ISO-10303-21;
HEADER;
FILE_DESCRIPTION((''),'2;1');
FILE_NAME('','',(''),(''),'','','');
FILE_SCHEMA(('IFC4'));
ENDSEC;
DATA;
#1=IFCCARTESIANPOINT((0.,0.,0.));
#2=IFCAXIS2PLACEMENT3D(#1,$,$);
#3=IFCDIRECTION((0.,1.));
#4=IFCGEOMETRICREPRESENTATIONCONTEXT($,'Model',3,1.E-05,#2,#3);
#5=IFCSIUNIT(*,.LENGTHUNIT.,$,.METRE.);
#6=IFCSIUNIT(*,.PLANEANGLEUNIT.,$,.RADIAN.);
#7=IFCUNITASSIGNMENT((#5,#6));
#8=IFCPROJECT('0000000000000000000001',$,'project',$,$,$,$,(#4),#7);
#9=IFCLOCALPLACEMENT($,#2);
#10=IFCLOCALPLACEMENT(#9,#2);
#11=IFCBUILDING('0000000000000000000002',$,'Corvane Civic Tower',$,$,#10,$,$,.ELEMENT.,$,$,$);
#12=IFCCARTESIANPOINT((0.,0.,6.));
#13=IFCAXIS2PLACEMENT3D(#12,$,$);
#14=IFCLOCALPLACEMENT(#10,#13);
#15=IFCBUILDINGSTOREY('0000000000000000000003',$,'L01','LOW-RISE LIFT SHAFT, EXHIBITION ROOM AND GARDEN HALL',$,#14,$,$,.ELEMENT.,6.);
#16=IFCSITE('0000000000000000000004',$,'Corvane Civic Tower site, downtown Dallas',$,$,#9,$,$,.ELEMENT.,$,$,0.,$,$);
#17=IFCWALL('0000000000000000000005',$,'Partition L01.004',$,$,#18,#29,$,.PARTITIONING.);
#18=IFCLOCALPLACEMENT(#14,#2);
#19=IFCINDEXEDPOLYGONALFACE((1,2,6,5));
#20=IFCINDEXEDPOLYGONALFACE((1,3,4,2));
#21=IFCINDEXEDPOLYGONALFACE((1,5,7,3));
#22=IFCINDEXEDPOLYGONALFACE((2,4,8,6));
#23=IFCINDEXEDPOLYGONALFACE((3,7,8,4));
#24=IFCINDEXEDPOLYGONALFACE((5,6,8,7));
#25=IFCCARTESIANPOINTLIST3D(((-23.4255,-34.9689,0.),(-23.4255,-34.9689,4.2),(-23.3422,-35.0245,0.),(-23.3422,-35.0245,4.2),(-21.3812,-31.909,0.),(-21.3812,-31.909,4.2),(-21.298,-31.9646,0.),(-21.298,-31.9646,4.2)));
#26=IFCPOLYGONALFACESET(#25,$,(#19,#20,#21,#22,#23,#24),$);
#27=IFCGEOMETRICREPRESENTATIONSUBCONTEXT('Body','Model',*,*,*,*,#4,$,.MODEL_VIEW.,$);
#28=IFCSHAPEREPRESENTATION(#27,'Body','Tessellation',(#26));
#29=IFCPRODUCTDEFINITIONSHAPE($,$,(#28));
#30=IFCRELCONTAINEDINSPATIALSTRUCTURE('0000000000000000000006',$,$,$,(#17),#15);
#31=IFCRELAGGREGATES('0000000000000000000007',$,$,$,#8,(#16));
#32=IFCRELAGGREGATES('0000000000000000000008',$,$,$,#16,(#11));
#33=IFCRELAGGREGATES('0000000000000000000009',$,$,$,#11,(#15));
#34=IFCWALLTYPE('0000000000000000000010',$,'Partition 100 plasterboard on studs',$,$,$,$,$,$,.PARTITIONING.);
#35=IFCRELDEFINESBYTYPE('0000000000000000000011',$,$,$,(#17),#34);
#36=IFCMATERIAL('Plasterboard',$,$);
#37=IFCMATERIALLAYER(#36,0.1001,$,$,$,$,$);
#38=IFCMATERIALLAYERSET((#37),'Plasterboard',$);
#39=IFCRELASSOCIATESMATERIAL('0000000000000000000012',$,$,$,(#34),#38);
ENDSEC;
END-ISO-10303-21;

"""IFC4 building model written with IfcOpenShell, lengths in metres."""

from ifc_helpers import new_model, si_unit, direction, frame, frame_2d, origin, place, context, subcontext, project, spatial, rectangle, extrude, material, layer, layer_set, type_object, element, save


model = new_model("IFC4")

# Units and contexts
model_context = context("Model", 3, precision=1e-05, world=origin(), true_north=direction((0.0, 1.0)))
body_context = subcontext(model_context, "Body", "Model", "MODEL_VIEW")
ifc_project = project(units=[si_unit("LENGTHUNIT", "METRE"), si_unit("PLANEANGLEUNIT", "RADIAN")], contexts=[model_context])

# Site, building, storey
site_placement = place(None, origin())
site = spatial("IfcSite", under=ifc_project, at=site_placement, Name="Corvane Civic Tower site, downtown Dallas", CompositionType="ELEMENT", RefElevation=0.0)
building_placement = place(site_placement, origin())
building = spatial("IfcBuilding", under=site, at=building_placement, Name="Corvane Civic Tower", CompositionType="ELEMENT")
storey_placement = place(building_placement, frame((0.0, 0.0, 6.0)))
storey = spatial("IfcBuildingStorey", under=building, at=storey_placement, Name="L01", Description="LOW-RISE LIFT SHAFT, EXHIBITION ROOM AND GARDEN HALL", CompositionType="ELEMENT", Elevation=6.0)

# Wall
ifc_material_1 = material(Name="Plasterboard")
ifc_layer_1 = layer(ifc_material_1, 0.1001)
ifc_layer_set_1 = layer_set([ifc_layer_1], Name="Plasterboard")
wall_type = type_object("IfcWallType", Name="Partition 100 plasterboard on studs", PredefinedType="PARTITIONING", material=ifc_layer_set_1)
wall_placement = place(storey_placement, frame((-23.3838, -34.9966, 0.0), z_axis=(0.0, 0.0, 1.0), x_axis=(0.555511, 0.831509, 0.0)))
element("IfcWall", 1, at=wall_placement, inside=storey, type_object=wall_type, Name="Partition L01.004", PredefinedType="PARTITIONING", context=body_context, shape_type="SweptSolid", body=[
    extrude(rectangle(XDim=3.6799, YDim=0.1001, at=frame_2d((1.8398, 0.0))), origin(), (0.0, 0.0, 1.0), 4.2),
])

save(model, "model.ifc")
